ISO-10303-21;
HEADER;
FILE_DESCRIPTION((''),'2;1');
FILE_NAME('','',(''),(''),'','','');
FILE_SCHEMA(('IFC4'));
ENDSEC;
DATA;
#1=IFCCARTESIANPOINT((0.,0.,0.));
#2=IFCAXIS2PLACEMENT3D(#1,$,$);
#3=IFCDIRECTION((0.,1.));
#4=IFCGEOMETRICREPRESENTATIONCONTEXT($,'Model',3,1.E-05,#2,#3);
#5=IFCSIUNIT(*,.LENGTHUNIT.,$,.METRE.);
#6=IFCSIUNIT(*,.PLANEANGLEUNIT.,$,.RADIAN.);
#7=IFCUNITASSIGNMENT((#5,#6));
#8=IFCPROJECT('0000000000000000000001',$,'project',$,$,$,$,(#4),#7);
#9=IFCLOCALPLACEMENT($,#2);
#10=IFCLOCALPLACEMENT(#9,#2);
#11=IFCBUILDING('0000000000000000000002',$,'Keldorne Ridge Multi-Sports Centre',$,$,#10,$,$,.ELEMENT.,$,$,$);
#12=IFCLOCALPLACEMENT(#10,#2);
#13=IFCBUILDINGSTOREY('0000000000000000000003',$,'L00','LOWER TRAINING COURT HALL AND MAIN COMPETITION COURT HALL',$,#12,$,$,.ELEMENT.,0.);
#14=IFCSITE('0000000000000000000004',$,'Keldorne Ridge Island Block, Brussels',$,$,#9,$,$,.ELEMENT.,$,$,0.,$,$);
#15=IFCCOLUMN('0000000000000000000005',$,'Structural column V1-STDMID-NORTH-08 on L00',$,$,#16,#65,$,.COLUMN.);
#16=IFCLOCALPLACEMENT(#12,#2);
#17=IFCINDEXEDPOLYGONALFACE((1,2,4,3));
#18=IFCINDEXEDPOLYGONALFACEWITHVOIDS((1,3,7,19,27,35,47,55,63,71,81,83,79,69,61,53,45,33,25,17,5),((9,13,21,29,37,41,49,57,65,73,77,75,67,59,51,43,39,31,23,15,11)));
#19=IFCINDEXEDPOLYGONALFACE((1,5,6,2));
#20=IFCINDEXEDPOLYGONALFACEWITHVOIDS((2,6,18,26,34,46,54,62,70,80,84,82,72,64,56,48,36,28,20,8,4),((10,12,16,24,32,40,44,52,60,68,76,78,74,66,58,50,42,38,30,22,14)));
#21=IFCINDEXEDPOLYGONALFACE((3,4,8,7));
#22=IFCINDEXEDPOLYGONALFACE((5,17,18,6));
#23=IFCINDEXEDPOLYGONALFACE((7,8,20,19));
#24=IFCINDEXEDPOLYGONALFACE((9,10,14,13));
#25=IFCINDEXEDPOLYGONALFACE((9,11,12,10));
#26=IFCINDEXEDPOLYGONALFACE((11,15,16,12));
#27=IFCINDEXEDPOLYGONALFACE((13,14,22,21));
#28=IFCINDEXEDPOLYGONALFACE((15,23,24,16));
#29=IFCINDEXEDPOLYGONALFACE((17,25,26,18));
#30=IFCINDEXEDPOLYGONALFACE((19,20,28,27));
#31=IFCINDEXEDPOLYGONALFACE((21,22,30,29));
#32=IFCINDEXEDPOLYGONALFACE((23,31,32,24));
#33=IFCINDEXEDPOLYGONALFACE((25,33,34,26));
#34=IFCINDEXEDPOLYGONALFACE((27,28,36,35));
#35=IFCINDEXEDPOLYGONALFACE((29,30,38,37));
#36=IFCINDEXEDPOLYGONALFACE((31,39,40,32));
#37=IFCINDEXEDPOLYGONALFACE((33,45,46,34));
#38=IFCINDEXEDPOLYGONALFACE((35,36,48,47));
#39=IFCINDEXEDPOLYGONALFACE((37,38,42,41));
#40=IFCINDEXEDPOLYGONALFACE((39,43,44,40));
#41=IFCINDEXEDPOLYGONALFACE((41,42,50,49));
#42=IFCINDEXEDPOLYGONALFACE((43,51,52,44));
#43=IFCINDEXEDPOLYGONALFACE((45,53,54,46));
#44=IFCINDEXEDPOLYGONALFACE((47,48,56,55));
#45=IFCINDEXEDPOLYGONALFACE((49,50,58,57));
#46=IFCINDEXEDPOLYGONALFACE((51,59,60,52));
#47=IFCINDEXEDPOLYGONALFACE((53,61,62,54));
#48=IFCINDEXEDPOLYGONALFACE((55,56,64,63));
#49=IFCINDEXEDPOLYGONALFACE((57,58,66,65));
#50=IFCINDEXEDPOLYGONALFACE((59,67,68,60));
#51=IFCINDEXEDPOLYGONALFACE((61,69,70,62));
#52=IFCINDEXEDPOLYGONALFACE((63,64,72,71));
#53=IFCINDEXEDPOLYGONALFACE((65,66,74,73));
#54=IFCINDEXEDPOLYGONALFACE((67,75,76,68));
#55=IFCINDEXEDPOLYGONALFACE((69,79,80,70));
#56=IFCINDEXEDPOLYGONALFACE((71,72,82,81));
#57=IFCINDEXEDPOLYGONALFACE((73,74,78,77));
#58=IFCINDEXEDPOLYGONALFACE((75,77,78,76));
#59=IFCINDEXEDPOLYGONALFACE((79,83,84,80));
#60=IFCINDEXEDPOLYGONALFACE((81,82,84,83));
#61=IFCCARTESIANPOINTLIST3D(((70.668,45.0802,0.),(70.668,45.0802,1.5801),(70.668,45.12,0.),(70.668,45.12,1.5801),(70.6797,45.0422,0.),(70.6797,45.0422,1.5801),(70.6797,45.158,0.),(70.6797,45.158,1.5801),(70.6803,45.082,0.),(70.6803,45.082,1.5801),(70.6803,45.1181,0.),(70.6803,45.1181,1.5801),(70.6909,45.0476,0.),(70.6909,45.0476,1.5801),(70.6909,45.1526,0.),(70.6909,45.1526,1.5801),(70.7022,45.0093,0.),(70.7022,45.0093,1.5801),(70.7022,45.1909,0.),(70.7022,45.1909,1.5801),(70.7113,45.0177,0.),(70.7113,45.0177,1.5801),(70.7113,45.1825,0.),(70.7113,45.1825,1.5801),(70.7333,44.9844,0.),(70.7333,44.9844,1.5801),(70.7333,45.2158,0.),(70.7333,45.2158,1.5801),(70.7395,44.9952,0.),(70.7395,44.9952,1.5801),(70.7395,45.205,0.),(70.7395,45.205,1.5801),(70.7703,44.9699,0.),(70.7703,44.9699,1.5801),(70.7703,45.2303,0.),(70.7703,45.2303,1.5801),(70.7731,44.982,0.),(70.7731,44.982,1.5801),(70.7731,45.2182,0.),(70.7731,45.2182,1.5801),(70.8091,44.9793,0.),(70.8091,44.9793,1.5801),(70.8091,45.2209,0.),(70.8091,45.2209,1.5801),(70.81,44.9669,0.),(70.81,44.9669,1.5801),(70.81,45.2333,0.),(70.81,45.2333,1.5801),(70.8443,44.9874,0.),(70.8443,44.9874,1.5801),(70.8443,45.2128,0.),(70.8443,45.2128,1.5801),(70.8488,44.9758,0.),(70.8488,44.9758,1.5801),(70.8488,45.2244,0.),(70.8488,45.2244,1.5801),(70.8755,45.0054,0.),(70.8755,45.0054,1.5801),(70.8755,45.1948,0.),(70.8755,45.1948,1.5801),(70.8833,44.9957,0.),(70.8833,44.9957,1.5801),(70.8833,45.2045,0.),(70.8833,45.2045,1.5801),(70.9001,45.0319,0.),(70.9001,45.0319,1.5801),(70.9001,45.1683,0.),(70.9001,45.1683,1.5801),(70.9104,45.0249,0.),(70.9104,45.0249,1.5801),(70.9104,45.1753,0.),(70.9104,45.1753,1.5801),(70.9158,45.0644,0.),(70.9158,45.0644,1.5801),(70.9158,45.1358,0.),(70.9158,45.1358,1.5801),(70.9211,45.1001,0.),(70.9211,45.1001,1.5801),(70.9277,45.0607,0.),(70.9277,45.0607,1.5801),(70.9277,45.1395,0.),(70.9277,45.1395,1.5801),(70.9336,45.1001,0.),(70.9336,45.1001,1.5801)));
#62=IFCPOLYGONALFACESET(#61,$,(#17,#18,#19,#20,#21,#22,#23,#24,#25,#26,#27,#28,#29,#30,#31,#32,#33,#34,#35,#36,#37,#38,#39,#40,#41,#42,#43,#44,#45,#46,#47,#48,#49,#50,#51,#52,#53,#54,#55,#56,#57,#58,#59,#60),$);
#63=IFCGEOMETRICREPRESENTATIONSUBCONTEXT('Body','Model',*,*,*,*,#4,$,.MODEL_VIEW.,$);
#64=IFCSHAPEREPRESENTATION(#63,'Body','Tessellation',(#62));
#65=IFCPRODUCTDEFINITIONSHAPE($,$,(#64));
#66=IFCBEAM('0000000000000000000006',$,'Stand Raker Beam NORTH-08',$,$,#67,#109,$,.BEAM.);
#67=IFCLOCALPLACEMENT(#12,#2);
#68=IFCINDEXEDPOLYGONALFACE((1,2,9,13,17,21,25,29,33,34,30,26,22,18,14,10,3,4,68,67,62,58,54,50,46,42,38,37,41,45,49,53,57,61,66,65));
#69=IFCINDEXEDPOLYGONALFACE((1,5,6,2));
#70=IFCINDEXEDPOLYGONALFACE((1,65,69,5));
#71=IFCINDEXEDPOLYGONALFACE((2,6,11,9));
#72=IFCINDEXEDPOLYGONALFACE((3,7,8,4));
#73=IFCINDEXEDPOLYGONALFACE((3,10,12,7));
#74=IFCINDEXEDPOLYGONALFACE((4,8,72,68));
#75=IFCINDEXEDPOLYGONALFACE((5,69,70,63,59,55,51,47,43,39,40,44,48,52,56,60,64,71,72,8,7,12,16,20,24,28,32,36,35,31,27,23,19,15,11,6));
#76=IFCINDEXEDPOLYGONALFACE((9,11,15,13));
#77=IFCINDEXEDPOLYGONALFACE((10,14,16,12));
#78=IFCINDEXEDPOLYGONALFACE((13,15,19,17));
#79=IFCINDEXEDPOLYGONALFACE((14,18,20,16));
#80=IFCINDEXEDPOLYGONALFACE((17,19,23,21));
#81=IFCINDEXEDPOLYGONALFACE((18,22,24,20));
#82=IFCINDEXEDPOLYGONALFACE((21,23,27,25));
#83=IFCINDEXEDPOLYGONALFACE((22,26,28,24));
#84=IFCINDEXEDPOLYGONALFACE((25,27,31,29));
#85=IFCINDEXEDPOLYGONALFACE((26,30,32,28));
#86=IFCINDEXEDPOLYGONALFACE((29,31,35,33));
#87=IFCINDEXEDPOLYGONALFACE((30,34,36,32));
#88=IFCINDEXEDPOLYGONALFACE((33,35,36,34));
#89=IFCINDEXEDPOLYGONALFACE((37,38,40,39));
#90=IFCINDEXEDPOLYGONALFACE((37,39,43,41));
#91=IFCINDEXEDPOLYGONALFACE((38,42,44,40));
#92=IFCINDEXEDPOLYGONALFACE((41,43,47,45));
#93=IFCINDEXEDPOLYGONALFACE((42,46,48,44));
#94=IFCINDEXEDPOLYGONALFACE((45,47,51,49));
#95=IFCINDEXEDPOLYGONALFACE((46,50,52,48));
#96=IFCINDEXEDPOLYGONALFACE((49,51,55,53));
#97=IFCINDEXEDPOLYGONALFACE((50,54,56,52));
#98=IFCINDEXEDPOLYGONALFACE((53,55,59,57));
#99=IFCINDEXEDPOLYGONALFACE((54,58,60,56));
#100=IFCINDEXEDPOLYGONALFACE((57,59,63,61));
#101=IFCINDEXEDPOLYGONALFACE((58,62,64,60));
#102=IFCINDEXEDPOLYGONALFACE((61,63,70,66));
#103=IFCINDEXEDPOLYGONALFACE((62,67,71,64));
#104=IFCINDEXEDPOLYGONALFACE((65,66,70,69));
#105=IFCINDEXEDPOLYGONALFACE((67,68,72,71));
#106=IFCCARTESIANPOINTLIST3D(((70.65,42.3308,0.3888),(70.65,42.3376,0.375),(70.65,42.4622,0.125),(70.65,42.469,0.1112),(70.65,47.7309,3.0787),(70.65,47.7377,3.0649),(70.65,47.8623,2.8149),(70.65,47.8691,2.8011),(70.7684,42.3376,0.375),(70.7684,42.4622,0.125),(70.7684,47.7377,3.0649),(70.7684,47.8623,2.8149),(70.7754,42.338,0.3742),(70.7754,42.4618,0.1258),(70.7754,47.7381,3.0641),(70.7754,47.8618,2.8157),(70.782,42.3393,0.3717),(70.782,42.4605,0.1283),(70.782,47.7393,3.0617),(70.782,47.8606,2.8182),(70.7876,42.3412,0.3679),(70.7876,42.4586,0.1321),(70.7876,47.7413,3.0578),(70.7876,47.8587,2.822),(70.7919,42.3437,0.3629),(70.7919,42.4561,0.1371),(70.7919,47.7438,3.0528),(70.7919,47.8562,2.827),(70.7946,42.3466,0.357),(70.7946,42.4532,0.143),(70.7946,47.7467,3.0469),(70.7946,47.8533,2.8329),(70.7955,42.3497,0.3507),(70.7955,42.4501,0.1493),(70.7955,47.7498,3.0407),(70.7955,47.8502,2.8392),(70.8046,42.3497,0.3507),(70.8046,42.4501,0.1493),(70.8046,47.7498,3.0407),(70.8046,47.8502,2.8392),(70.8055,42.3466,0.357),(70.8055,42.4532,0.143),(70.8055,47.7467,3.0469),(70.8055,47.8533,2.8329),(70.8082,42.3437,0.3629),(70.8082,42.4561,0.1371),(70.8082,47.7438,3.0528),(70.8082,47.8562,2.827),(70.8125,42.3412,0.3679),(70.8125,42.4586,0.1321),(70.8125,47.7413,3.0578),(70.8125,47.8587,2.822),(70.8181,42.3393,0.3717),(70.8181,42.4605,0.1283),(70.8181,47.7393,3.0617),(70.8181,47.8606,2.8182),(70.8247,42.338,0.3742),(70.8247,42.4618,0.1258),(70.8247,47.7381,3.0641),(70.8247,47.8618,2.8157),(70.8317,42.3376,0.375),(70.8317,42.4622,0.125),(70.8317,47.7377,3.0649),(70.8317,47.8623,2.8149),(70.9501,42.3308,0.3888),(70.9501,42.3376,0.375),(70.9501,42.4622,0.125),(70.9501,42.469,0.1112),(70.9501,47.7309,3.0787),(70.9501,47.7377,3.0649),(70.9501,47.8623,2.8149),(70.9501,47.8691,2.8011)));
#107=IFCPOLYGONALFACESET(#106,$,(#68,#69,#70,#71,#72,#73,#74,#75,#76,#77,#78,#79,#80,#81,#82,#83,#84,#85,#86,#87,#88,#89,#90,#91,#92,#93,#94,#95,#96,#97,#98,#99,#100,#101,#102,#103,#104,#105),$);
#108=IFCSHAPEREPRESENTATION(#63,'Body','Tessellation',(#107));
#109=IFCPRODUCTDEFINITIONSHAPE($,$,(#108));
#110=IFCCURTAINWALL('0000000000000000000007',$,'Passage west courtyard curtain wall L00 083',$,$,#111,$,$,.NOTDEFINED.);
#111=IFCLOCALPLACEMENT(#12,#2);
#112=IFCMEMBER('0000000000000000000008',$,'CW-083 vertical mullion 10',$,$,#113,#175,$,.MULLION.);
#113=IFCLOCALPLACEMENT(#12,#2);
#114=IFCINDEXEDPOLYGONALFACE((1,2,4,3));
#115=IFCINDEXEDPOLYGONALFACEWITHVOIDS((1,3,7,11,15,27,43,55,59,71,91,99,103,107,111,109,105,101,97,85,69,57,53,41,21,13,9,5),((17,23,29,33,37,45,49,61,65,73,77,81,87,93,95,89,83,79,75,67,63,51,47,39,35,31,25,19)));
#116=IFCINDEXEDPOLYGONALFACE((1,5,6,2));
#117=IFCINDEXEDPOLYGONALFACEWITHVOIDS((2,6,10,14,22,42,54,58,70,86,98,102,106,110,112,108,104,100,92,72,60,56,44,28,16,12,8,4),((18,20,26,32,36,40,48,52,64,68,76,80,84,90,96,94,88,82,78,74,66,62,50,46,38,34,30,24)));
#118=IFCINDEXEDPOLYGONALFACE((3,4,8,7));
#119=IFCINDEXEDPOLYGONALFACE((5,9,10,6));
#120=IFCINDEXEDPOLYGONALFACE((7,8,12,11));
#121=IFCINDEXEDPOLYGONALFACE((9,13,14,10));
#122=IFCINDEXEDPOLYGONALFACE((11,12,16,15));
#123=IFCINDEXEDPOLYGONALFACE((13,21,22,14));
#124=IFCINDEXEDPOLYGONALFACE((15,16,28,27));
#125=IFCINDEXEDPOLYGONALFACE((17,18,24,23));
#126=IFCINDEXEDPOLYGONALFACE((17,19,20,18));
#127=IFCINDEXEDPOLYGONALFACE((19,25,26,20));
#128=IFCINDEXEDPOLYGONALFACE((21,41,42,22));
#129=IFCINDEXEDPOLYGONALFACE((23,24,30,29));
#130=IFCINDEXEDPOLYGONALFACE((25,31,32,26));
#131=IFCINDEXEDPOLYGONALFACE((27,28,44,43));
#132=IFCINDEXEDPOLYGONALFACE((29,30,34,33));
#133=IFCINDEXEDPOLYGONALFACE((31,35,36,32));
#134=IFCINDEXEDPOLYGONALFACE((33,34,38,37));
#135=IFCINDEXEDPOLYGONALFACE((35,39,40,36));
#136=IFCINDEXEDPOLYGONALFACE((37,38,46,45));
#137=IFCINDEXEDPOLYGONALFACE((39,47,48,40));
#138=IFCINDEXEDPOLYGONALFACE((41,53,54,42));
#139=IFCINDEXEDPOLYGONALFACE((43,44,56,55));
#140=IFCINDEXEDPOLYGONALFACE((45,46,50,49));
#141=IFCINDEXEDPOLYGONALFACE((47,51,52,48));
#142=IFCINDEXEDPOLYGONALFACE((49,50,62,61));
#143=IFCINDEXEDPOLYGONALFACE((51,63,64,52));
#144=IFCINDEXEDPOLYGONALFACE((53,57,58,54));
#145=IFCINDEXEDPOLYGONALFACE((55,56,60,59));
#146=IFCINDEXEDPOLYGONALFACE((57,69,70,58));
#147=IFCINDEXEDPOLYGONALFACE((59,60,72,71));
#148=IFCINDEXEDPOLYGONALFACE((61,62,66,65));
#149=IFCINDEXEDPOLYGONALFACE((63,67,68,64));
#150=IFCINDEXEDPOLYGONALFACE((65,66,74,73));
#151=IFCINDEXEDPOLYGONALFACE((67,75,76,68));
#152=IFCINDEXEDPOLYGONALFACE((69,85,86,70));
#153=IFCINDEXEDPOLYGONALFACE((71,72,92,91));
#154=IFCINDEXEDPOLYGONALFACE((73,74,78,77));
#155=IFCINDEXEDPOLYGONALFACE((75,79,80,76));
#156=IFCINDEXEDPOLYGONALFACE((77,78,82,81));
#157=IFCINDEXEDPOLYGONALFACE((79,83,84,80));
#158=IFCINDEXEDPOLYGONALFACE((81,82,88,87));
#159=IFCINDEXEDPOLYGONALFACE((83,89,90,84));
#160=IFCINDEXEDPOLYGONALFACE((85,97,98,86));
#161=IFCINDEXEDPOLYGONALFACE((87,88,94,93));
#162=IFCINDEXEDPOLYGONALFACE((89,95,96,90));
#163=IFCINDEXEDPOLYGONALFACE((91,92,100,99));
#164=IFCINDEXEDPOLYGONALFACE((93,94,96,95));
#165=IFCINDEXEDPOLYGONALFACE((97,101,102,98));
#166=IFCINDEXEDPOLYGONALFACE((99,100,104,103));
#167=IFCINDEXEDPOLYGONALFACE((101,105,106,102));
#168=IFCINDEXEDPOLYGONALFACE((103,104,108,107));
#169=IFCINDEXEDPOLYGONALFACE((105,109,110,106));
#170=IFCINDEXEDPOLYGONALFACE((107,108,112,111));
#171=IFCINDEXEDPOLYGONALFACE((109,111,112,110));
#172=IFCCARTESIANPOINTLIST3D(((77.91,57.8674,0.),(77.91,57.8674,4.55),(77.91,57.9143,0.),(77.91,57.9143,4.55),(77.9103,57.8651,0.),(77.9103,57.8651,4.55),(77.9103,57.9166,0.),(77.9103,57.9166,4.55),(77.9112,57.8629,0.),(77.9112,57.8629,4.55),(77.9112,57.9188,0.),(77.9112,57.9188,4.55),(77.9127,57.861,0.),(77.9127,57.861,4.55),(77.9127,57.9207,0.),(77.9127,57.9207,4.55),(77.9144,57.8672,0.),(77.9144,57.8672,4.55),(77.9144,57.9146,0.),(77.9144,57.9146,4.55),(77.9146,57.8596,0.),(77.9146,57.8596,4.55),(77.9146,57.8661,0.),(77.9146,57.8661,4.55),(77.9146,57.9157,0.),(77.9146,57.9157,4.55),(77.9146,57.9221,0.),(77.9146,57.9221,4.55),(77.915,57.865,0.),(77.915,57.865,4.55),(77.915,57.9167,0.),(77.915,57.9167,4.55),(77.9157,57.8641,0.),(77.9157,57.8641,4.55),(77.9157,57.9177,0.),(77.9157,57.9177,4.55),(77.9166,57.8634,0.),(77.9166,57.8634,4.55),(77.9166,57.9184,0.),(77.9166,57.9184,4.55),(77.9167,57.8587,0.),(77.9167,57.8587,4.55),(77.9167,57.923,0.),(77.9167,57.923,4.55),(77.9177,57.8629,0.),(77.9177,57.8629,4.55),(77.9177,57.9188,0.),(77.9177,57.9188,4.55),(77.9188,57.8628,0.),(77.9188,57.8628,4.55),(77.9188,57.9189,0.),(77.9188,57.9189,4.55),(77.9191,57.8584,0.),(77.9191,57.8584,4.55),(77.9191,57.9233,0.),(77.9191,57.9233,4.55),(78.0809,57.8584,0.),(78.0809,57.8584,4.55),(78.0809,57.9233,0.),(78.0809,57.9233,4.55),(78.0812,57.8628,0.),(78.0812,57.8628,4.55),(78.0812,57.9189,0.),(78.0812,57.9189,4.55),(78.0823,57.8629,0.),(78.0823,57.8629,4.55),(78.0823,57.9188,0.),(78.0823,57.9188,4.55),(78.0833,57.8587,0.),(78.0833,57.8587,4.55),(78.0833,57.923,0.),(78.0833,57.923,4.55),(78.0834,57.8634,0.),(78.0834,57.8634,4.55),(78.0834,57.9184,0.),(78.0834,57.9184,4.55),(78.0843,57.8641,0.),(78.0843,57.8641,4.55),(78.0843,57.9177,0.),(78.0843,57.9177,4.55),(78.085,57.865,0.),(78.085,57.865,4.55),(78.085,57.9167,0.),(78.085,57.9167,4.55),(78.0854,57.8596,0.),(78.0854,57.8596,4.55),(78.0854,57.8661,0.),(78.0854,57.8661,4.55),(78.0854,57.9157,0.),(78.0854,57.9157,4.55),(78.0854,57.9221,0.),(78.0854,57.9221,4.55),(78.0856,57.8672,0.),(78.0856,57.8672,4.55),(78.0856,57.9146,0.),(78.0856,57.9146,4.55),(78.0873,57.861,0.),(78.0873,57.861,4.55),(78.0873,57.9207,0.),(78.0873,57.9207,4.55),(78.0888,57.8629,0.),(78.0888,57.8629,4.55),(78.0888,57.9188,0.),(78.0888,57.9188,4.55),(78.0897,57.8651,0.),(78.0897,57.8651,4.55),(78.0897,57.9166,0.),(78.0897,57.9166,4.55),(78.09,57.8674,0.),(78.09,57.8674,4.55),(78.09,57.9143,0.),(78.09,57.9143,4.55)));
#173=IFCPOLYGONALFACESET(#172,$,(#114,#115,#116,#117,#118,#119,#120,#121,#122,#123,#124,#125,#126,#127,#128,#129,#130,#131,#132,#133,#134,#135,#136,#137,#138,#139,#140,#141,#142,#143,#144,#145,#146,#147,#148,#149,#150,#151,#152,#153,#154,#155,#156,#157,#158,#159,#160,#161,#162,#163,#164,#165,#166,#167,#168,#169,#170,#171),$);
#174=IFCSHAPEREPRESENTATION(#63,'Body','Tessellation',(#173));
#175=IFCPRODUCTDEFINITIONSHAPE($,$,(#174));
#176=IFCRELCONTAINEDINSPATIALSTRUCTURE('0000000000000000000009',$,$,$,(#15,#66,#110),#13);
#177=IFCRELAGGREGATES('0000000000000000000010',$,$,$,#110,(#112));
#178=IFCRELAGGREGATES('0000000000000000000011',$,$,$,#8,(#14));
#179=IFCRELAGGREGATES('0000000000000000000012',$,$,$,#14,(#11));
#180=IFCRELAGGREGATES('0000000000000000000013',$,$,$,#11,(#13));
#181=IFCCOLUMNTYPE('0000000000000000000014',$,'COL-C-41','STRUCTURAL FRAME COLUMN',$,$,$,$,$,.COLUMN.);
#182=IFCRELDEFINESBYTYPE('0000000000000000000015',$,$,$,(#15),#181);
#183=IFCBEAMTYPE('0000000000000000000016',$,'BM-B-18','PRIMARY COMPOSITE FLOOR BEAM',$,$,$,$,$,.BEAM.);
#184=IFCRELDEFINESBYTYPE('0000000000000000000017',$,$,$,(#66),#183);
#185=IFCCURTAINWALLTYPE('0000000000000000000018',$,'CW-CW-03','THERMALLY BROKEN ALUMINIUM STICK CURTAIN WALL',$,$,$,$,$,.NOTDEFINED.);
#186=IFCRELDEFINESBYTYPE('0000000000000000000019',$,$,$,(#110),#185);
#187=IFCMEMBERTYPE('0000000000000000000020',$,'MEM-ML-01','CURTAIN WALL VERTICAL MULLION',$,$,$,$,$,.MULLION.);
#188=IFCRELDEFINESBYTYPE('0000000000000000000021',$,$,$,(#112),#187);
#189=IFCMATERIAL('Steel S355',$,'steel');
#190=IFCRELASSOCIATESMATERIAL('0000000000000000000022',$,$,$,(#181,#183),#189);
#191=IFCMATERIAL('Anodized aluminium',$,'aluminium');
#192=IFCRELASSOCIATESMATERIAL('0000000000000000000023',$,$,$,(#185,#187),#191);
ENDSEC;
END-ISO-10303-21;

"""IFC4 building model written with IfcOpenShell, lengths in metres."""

from ifc_helpers import new_model, si_unit, direction, frame, origin, origin_2d, place, context, subcontext, project, spatial, hollow_rectangle, hollow_circle, i_section, extrude, material, material_profile, profile_set, type_object, element, aggregate, save


model = new_model("IFC4")

# Units and contexts
model_context = context("Model", 3, precision=1e-05, world=origin(), true_north=direction((0.0, 1.0)))
body_context = subcontext(model_context, "Body", "Model", "MODEL_VIEW")
ifc_project = project(units=[si_unit("LENGTHUNIT", "METRE"), si_unit("PLANEANGLEUNIT", "RADIAN")], contexts=[model_context])

# Site, building, storey
site_placement = place(None, origin())
site = spatial("IfcSite", under=ifc_project, at=site_placement, Name="Keldorne Ridge Island Block, Brussels", CompositionType="ELEMENT", RefElevation=0.0)
building_placement = place(site_placement, origin())
building = spatial("IfcBuilding", under=site, at=building_placement, Name="Keldorne Ridge Multi-Sports Centre", CompositionType="ELEMENT")
storey_placement = place(building_placement, origin())
storey = spatial("IfcBuildingStorey", under=building, at=storey_placement, Name="L00", Description="LOWER TRAINING COURT HALL AND MAIN COMPETITION COURT HALL", CompositionType="ELEMENT", Elevation=0.0)

# Column
ifc_material_1 = material(Name="Steel S355", Category="steel")
ifc_material_profile_1 = material_profile(ifc_material_1, hollow_circle(Radius=0.1335, WallThickness=0.0125, at=origin_2d()), Name="CHS 267x12.5")
ifc_profile_set_1 = profile_set([ifc_material_profile_1], Name="Steel S355")
column_type_1 = type_object("IfcColumnType", Name="COL-C-41", Description="STRUCTURAL FRAME COLUMN", PredefinedType="COLUMN", material=ifc_profile_set_1)
column_1_placement = place(storey_placement, frame((70.8, 45.1001, 0.0), z_axis=(0.0, 0.0, 1.0), x_axis=(1.0, 0.0, 0.0)))
element("IfcColumn", 1, at=column_1_placement, inside=storey, type_object=column_type_1, Name="Structural column V1-STDMID-NORTH-08 on L00", PredefinedType="COLUMN", context=body_context, shape_type="SweptSolid", body=[
    extrude(hollow_circle(Radius=0.1335, WallThickness=0.0125, at=origin_2d()), origin(), (0.0, 0.0, 1.0), 1.5801),
])

# Beam
ifc_material_profile_2 = material_profile(ifc_material_1, i_section(OverallWidth=0.3, OverallDepth=0.3101, WebThickness=0.009, FlangeThickness=0.0154, FilletRadius=0.0271, at=origin_2d()), Name="HEA 320")
ifc_profile_set_2 = profile_set([ifc_material_profile_2], Name="Steel S355")
beam_type = type_object("IfcBeamType", Name="BM-B-18", Description="PRIMARY COMPOSITE FLOOR BEAM", PredefinedType="BEAM", material=ifc_profile_set_2)
beam_placement = place(storey_placement, frame((70.8, 42.3999, 0.25), z_axis=(0.0, 0.895098, 0.44587), x_axis=(-1.0, 0.0, 0.0)))
element("IfcBeam", 2, at=beam_placement, inside=storey, type_object=beam_type, Name="Stand Raker Beam NORTH-08", PredefinedType="BEAM", context=body_context, shape_type="SweptSolid", body=[
    extrude(i_section(OverallWidth=0.3, OverallDepth=0.3101, WebThickness=0.009, FlangeThickness=0.0154, FilletRadius=0.0271, at=origin_2d()), origin(), (0.0, 0.0, 1.0), 6.033),
])

# Curtain wall, member
ifc_material_2 = material(Name="Anodized aluminium", Category="aluminium")
curtain_wall_type = type_object("IfcCurtainWallType", Name="CW-CW-03", Description="THERMALLY BROKEN ALUMINIUM STICK CURTAIN WALL", PredefinedType="NOTDEFINED", material=ifc_material_2)
curtain_wall_placement = place(storey_placement, origin())
curtain_wall = element("IfcCurtainWall", 3, at=curtain_wall_placement, inside=storey, type_object=curtain_wall_type, Name="Passage west courtyard curtain wall L00 083", PredefinedType="NOTDEFINED")
ifc_material_profile_3 = material_profile(ifc_material_2, hollow_rectangle(XDim=0.0649, YDim=0.1799, WallThickness=0.0044, InnerFilletRadius=0.0044, OuterFilletRadius=0.009, at=origin_2d()), Name="ALU MULLION 180x65x4.5")
ifc_profile_set_3 = profile_set([ifc_material_profile_3], Name="Anodized aluminium")
member_type_1 = type_object("IfcMemberType", Name="MEM-ML-01", Description="CURTAIN WALL VERTICAL MULLION", PredefinedType="MULLION", material=ifc_profile_set_3)
member_1_placement = place(storey_placement, frame((78.0, 57.8909, 0.0), z_axis=(0.0, 0.0, 1.0), x_axis=(0.0, 1.0, 0.0)))
member_1 = element("IfcMember", 4, at=member_1_placement, type_object=member_type_1, Name="CW-083 vertical mullion 10", PredefinedType="MULLION", context=body_context, shape_type="SweptSolid", body=[
    extrude(hollow_rectangle(XDim=0.0649, YDim=0.1799, WallThickness=0.0044, InnerFilletRadius=0.0044, OuterFilletRadius=0.009, at=origin_2d()), origin(), (0.0, 0.0, 1.0), 4.55),
])

aggregate(curtain_wall, [member_1])

save(model, "model.ifc")
